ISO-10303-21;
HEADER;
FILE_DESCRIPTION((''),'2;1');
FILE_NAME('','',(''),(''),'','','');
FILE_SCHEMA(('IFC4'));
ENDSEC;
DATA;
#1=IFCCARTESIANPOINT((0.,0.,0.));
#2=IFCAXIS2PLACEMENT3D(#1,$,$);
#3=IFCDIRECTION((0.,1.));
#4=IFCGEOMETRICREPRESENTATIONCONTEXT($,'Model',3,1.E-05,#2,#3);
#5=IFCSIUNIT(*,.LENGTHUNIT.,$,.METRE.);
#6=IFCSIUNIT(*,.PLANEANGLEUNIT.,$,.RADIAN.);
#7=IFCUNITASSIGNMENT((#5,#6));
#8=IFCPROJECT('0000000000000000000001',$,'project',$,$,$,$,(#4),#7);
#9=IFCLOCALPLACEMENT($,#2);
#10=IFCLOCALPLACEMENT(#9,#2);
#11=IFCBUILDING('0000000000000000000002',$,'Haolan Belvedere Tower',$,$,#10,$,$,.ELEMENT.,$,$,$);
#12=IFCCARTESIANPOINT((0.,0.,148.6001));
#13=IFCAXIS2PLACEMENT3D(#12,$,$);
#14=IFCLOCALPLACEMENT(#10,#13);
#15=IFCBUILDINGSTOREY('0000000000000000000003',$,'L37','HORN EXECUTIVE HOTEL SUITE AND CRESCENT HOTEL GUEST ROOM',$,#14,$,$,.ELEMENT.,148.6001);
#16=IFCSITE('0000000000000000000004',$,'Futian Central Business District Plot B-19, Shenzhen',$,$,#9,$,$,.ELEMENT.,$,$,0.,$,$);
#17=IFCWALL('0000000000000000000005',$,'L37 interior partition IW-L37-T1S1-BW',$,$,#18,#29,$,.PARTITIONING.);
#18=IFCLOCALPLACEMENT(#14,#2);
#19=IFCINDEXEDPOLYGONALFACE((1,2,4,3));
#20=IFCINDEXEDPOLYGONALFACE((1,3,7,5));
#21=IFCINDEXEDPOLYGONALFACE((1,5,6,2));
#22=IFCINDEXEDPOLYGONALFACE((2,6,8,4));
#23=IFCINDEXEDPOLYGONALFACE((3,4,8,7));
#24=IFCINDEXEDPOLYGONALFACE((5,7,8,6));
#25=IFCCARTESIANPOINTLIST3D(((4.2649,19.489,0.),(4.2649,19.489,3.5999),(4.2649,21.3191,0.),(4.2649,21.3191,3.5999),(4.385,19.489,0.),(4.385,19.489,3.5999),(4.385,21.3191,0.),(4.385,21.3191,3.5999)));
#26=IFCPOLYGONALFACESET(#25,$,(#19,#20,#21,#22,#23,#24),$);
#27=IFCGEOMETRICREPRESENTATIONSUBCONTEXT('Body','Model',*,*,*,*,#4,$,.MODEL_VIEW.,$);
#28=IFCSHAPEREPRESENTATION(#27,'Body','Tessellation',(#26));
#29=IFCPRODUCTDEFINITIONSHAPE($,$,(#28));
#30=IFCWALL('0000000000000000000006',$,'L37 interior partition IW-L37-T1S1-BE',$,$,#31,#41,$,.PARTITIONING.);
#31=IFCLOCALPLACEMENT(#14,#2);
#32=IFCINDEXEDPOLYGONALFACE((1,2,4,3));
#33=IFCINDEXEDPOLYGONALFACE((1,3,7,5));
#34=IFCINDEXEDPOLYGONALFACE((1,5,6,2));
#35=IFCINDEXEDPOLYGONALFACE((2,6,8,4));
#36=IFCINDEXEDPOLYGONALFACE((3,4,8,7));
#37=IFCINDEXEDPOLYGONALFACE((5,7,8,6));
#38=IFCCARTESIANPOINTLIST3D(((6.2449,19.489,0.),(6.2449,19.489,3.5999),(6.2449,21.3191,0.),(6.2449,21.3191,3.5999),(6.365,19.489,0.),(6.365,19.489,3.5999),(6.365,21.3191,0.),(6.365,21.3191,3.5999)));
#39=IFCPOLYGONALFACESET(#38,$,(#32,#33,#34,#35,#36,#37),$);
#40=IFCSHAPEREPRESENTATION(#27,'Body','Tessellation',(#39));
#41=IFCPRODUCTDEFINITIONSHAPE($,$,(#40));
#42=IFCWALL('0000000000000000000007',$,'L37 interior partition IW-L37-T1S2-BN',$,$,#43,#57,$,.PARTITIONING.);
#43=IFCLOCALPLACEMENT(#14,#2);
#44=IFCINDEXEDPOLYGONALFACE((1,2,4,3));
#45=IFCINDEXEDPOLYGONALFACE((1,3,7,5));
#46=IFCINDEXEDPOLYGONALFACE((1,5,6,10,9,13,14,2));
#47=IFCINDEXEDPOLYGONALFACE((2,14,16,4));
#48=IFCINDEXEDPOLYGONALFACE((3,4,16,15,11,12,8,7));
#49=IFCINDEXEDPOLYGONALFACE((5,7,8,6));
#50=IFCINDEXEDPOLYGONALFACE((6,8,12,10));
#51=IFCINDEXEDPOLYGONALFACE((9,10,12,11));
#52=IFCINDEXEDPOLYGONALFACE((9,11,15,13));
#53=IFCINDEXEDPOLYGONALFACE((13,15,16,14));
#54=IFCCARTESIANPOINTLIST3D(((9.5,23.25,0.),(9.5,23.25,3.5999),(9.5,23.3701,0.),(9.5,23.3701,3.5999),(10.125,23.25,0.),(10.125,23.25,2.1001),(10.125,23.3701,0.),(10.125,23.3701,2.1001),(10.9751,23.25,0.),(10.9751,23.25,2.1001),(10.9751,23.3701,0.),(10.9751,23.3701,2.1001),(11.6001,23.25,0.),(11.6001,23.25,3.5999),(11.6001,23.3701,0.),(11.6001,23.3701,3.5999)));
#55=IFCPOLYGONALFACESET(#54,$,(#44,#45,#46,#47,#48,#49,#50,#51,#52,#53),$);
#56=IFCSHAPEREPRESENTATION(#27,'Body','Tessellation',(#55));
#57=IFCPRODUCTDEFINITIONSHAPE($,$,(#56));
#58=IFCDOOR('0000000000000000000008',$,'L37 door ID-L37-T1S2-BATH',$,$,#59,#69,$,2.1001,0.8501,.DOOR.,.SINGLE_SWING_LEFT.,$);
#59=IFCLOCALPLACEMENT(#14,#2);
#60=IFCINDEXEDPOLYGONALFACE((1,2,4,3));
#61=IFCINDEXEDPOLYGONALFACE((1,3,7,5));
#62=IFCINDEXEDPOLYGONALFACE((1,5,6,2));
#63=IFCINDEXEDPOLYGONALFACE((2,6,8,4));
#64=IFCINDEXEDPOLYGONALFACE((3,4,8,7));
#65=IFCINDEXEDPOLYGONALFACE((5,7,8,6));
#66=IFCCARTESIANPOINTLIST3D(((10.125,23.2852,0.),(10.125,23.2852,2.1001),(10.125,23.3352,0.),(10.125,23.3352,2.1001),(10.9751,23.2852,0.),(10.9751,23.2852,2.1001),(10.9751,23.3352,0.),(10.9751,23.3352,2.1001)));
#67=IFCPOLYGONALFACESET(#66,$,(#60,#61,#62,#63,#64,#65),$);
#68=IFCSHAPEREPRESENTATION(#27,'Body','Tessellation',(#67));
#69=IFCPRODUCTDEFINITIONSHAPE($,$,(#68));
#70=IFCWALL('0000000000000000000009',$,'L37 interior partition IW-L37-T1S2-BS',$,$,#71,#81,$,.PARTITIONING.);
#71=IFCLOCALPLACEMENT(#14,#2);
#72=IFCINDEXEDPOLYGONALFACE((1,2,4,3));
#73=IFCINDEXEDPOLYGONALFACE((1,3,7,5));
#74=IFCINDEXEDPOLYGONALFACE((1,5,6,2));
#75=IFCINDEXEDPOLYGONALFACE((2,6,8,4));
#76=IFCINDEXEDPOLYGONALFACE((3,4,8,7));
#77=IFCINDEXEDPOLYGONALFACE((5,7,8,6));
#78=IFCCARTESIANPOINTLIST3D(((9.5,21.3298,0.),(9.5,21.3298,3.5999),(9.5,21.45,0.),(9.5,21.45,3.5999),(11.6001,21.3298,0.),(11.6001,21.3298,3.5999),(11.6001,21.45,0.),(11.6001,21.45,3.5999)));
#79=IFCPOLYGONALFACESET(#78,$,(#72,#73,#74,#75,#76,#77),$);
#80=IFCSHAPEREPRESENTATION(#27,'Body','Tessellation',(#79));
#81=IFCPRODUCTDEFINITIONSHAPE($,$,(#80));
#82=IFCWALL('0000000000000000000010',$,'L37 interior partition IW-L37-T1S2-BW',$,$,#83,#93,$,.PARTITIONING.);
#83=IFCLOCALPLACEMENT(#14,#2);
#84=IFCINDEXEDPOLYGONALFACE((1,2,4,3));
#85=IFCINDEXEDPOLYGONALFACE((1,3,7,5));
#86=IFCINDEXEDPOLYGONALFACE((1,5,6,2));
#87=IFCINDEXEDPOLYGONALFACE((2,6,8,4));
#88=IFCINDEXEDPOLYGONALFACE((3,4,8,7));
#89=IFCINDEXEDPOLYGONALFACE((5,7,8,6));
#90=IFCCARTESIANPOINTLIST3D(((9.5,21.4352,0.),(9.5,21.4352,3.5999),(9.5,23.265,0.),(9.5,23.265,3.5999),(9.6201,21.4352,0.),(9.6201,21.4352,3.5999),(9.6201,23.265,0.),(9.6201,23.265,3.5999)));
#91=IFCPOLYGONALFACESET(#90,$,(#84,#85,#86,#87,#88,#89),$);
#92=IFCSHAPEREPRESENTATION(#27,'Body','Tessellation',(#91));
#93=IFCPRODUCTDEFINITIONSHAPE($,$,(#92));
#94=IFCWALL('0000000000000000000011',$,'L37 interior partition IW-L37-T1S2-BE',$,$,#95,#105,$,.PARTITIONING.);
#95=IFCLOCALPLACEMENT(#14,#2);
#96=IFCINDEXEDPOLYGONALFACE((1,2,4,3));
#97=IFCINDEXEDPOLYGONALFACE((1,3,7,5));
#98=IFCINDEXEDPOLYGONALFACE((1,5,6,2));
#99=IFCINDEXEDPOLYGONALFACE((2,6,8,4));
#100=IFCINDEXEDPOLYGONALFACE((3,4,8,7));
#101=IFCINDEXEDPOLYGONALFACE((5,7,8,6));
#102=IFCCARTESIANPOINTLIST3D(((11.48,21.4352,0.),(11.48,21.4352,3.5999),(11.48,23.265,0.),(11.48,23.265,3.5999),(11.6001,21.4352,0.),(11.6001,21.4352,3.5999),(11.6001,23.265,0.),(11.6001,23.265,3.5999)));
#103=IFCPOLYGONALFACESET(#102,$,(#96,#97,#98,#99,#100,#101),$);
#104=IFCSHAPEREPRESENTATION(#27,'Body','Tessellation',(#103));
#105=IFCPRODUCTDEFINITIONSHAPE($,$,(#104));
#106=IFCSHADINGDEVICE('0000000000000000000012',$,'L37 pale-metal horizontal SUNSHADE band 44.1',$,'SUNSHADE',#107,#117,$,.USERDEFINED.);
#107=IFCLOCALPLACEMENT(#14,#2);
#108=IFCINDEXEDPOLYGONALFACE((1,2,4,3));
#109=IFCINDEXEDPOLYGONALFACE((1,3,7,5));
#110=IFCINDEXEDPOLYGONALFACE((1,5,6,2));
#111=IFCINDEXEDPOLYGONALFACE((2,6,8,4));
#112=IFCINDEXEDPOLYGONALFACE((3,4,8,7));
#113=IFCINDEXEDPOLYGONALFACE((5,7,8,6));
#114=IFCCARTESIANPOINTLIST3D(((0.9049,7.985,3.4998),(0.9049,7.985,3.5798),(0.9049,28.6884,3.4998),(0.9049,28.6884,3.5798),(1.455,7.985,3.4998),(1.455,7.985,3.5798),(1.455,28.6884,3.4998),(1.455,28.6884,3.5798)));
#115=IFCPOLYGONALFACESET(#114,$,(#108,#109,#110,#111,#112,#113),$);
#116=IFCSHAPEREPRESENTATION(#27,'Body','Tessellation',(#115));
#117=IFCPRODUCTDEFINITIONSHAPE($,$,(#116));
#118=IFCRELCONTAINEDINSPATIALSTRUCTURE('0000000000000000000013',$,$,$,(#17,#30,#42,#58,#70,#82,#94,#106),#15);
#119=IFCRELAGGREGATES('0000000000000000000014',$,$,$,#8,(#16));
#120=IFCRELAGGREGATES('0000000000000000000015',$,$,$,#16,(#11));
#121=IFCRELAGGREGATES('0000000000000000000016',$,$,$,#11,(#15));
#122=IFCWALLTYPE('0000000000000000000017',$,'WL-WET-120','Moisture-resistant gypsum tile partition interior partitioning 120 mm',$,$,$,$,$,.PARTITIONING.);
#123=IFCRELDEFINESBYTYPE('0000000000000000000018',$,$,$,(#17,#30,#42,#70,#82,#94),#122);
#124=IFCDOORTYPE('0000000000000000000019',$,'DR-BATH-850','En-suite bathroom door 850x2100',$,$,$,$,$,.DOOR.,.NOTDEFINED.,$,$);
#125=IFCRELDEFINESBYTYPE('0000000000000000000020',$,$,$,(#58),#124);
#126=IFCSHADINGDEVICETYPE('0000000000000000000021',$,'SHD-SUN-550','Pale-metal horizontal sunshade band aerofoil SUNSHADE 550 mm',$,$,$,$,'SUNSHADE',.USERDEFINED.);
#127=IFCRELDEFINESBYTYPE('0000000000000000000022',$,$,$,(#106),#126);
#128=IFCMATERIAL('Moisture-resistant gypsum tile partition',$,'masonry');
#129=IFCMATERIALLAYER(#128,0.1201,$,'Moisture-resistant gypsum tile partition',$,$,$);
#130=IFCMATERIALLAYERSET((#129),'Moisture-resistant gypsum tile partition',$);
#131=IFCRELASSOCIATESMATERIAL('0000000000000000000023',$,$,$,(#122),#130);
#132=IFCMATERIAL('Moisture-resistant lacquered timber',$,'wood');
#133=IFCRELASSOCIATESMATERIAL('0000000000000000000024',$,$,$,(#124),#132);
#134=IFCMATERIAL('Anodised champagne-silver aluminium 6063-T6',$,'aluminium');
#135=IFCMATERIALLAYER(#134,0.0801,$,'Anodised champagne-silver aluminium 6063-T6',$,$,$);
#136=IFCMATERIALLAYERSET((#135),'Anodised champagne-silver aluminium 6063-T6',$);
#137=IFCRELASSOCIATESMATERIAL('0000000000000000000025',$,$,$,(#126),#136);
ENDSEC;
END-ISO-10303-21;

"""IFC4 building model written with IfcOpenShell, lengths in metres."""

from ifc_helpers import new_model, si_unit, direction, frame, frame_2d, origin, origin_2d, place, context, subcontext, project, spatial, rectangle, extrude, material, layer, layer_set, type_object, element, fill, save


model = new_model("IFC4")

# Units and contexts
model_context = context("Model", 3, precision=1e-05, world=origin(), true_north=direction((0.0, 1.0)))
body_context = subcontext(model_context, "Body", "Model", "MODEL_VIEW")
ifc_project = project(units=[si_unit("LENGTHUNIT", "METRE"), si_unit("PLANEANGLEUNIT", "RADIAN")], contexts=[model_context])

# Site, building, storey
site_placement = place(None, origin())
site = spatial("IfcSite", under=ifc_project, at=site_placement, Name="Futian Central Business District Plot B-19, Shenzhen", CompositionType="ELEMENT", RefElevation=0.0)
building_placement = place(site_placement, origin())
building = spatial("IfcBuilding", under=site, at=building_placement, Name="Haolan Belvedere Tower", CompositionType="ELEMENT")
storey_placement = place(building_placement, frame((0.0, 0.0, 148.6001)))
storey = spatial("IfcBuildingStorey", under=building, at=storey_placement, Name="L37", Description="HORN EXECUTIVE HOTEL SUITE AND CRESCENT HOTEL GUEST ROOM", CompositionType="ELEMENT", Elevation=148.6001)

# Shared definitions
ifc_material_1 = material(Name="Moisture-resistant gypsum tile partition", Category="masonry")
ifc_layer_1 = layer(ifc_material_1, 0.1201, Name="Moisture-resistant gypsum tile partition")
ifc_layer_set_1 = layer_set([ifc_layer_1], Name="Moisture-resistant gypsum tile partition")
wall_type_1 = type_object("IfcWallType", Name="WL-WET-120", Description="Moisture-resistant gypsum tile partition interior partitioning 120 mm", PredefinedType="PARTITIONING", material=ifc_layer_set_1)
ifc_material_2 = material(Name="Moisture-resistant lacquered timber", Category="wood")
door_type_1 = type_object("IfcDoorType", Name="DR-BATH-850", Description="En-suite bathroom door 850x2100", OperationType="NOTDEFINED", PredefinedType="DOOR", material=ifc_material_2)

# Walls
for number, where, z_axis, x_axis, name in (
    (1, (4.325, 19.489, 0.0), (0.0, 0.0, 1.0), (0.0, 1.0, 0.0), "L37 interior partition IW-L37-T1S1-BW"),
    (2, (6.3049, 19.489, 0.0), (0.0, 0.0, 1.0), (0.0, 1.0, 0.0), "L37 interior partition IW-L37-T1S1-BE"),
):
    element("IfcWall", number, at=place(storey_placement, frame(where, z_axis=z_axis, x_axis=x_axis)), inside=storey, type_object=wall_type_1, Name=name, PredefinedType="PARTITIONING", context=body_context, shape_type="SweptSolid", body=[
        extrude(rectangle(XDim=1.8301, YDim=0.1201, at=frame_2d((0.915, 0.0))), origin(), (0.0, 0.0, 1.0), 3.5999),
    ])

# Wall, opening, door
wall_1_placement = place(storey_placement, frame((9.5, 23.3101, 0.0), z_axis=(0.0, 0.0, 1.0), x_axis=(1.0, 0.0, 0.0)))
wall_1 = element("IfcWall", 3, at=wall_1_placement, inside=storey, type_object=wall_type_1, Name="L37 interior partition IW-L37-T1S2-BN", PredefinedType="PARTITIONING", context=body_context, shape_type="SweptSolid", body=[
    extrude(rectangle(XDim=2.1001, YDim=0.1201, at=frame_2d((1.05, 0.0))), origin(), (0.0, 0.0, 1.0), 3.5999),
])
opening_1_placement = place(wall_1_placement, frame((1.4751, 0.0, 0.0), z_axis=(0.0, 0.0, 1.0), x_axis=(-1.0, 0.0, 0.0)))
opening_1 = element("IfcOpeningElement", 4, at=opening_1_placement, cuts=wall_1, PredefinedType="OPENING", context=body_context, shape_type="SweptSolid", body=[
    extrude(rectangle(XDim=0.8501, YDim=2.1001, at=frame_2d((0.425, 1.05))), frame((0.0, 0.0701, 0.0), z_axis=(0.0, -1.0, 0.0), x_axis=(1.0, 0.0, 0.0)), (0.0, 0.0, 1.0), 0.1401),
])
door_1_placement = place(opening_1_placement, origin())
door_1 = element("IfcDoor", 5, at=door_1_placement, inside=storey, type_object=door_type_1, Name="L37 door ID-L37-T1S2-BATH", OperationType="SINGLE_SWING_LEFT", OverallHeight=2.1001, OverallWidth=0.8501, PredefinedType="DOOR", context=body_context, shape_type="SweptSolid", body=[
    extrude(rectangle(XDim=0.8501, YDim=2.1001, at=frame_2d((0.425, 1.05))), frame((0.0, 0.0249, 0.0), z_axis=(0.0, -1.0, 0.0), x_axis=(1.0, 0.0, 0.0)), (0.0, 0.0, 1.0), 0.05),
])
fill(opening_1, door_1)

# Walls
wall_2_placement = place(storey_placement, frame((9.5, 21.3899, 0.0), z_axis=(0.0, 0.0, 1.0), x_axis=(1.0, 0.0, 0.0)))
element("IfcWall", 6, at=wall_2_placement, inside=storey, type_object=wall_type_1, Name="L37 interior partition IW-L37-T1S2-BS", PredefinedType="PARTITIONING", context=body_context, shape_type="SweptSolid", body=[
    extrude(rectangle(XDim=2.1001, YDim=0.1201, at=frame_2d((1.05, 0.0))), origin(), (0.0, 0.0, 1.0), 3.5999),
])
for number, where, z_axis, x_axis, name in (
    (7, (9.5601, 21.4351, 0.0), (0.0, 0.0, 1.0), (0.0, 1.0, 0.0), "L37 interior partition IW-L37-T1S2-BW"),
    (8, (11.54, 21.4351, 0.0), (0.0, 0.0, 1.0), (0.0, 1.0, 0.0), "L37 interior partition IW-L37-T1S2-BE"),
):
    element("IfcWall", number, at=place(storey_placement, frame(where, z_axis=z_axis, x_axis=x_axis)), inside=storey, type_object=wall_type_1, Name=name, PredefinedType="PARTITIONING", context=body_context, shape_type="SweptSolid", body=[
        extrude(rectangle(XDim=1.8298, YDim=0.1201, at=frame_2d((0.915, 0.0))), origin(), (0.0, 0.0, 1.0), 3.5999),
    ])

# Shading device
ifc_material_3 = material(Name="Anodised champagne-silver aluminium 6063-T6", Category="aluminium")
ifc_layer_2 = layer(ifc_material_3, 0.0801, Name="Anodised champagne-silver aluminium 6063-T6")
ifc_layer_set_2 = layer_set([ifc_layer_2], Name="Anodised champagne-silver aluminium 6063-T6")
shading_device_type = type_object("IfcShadingDeviceType", Name="SHD-SUN-550", Description="Pale-metal horizontal sunshade band aerofoil SUNSHADE 550 mm", ElementType="SUNSHADE", PredefinedType="USERDEFINED", material=ifc_layer_set_2)
shading_device_placement = place(storey_placement, frame((1.1799, 18.3367, 3.4998), z_axis=(0.0, 0.0, 1.0), x_axis=(0.0, -1.0, 0.0)))
element("IfcShadingDevice", 9, at=shading_device_placement, inside=storey, type_object=shading_device_type, Name="L37 pale-metal horizontal SUNSHADE band 44.1", ObjectType="SUNSHADE", PredefinedType="USERDEFINED", context=body_context, shape_type="SweptSolid", body=[
    extrude(rectangle(XDim=20.7034, YDim=0.55, at=origin_2d()), origin(), (0.0, 0.0, 1.0), 0.0801),
])

save(model, "model.ifc")
